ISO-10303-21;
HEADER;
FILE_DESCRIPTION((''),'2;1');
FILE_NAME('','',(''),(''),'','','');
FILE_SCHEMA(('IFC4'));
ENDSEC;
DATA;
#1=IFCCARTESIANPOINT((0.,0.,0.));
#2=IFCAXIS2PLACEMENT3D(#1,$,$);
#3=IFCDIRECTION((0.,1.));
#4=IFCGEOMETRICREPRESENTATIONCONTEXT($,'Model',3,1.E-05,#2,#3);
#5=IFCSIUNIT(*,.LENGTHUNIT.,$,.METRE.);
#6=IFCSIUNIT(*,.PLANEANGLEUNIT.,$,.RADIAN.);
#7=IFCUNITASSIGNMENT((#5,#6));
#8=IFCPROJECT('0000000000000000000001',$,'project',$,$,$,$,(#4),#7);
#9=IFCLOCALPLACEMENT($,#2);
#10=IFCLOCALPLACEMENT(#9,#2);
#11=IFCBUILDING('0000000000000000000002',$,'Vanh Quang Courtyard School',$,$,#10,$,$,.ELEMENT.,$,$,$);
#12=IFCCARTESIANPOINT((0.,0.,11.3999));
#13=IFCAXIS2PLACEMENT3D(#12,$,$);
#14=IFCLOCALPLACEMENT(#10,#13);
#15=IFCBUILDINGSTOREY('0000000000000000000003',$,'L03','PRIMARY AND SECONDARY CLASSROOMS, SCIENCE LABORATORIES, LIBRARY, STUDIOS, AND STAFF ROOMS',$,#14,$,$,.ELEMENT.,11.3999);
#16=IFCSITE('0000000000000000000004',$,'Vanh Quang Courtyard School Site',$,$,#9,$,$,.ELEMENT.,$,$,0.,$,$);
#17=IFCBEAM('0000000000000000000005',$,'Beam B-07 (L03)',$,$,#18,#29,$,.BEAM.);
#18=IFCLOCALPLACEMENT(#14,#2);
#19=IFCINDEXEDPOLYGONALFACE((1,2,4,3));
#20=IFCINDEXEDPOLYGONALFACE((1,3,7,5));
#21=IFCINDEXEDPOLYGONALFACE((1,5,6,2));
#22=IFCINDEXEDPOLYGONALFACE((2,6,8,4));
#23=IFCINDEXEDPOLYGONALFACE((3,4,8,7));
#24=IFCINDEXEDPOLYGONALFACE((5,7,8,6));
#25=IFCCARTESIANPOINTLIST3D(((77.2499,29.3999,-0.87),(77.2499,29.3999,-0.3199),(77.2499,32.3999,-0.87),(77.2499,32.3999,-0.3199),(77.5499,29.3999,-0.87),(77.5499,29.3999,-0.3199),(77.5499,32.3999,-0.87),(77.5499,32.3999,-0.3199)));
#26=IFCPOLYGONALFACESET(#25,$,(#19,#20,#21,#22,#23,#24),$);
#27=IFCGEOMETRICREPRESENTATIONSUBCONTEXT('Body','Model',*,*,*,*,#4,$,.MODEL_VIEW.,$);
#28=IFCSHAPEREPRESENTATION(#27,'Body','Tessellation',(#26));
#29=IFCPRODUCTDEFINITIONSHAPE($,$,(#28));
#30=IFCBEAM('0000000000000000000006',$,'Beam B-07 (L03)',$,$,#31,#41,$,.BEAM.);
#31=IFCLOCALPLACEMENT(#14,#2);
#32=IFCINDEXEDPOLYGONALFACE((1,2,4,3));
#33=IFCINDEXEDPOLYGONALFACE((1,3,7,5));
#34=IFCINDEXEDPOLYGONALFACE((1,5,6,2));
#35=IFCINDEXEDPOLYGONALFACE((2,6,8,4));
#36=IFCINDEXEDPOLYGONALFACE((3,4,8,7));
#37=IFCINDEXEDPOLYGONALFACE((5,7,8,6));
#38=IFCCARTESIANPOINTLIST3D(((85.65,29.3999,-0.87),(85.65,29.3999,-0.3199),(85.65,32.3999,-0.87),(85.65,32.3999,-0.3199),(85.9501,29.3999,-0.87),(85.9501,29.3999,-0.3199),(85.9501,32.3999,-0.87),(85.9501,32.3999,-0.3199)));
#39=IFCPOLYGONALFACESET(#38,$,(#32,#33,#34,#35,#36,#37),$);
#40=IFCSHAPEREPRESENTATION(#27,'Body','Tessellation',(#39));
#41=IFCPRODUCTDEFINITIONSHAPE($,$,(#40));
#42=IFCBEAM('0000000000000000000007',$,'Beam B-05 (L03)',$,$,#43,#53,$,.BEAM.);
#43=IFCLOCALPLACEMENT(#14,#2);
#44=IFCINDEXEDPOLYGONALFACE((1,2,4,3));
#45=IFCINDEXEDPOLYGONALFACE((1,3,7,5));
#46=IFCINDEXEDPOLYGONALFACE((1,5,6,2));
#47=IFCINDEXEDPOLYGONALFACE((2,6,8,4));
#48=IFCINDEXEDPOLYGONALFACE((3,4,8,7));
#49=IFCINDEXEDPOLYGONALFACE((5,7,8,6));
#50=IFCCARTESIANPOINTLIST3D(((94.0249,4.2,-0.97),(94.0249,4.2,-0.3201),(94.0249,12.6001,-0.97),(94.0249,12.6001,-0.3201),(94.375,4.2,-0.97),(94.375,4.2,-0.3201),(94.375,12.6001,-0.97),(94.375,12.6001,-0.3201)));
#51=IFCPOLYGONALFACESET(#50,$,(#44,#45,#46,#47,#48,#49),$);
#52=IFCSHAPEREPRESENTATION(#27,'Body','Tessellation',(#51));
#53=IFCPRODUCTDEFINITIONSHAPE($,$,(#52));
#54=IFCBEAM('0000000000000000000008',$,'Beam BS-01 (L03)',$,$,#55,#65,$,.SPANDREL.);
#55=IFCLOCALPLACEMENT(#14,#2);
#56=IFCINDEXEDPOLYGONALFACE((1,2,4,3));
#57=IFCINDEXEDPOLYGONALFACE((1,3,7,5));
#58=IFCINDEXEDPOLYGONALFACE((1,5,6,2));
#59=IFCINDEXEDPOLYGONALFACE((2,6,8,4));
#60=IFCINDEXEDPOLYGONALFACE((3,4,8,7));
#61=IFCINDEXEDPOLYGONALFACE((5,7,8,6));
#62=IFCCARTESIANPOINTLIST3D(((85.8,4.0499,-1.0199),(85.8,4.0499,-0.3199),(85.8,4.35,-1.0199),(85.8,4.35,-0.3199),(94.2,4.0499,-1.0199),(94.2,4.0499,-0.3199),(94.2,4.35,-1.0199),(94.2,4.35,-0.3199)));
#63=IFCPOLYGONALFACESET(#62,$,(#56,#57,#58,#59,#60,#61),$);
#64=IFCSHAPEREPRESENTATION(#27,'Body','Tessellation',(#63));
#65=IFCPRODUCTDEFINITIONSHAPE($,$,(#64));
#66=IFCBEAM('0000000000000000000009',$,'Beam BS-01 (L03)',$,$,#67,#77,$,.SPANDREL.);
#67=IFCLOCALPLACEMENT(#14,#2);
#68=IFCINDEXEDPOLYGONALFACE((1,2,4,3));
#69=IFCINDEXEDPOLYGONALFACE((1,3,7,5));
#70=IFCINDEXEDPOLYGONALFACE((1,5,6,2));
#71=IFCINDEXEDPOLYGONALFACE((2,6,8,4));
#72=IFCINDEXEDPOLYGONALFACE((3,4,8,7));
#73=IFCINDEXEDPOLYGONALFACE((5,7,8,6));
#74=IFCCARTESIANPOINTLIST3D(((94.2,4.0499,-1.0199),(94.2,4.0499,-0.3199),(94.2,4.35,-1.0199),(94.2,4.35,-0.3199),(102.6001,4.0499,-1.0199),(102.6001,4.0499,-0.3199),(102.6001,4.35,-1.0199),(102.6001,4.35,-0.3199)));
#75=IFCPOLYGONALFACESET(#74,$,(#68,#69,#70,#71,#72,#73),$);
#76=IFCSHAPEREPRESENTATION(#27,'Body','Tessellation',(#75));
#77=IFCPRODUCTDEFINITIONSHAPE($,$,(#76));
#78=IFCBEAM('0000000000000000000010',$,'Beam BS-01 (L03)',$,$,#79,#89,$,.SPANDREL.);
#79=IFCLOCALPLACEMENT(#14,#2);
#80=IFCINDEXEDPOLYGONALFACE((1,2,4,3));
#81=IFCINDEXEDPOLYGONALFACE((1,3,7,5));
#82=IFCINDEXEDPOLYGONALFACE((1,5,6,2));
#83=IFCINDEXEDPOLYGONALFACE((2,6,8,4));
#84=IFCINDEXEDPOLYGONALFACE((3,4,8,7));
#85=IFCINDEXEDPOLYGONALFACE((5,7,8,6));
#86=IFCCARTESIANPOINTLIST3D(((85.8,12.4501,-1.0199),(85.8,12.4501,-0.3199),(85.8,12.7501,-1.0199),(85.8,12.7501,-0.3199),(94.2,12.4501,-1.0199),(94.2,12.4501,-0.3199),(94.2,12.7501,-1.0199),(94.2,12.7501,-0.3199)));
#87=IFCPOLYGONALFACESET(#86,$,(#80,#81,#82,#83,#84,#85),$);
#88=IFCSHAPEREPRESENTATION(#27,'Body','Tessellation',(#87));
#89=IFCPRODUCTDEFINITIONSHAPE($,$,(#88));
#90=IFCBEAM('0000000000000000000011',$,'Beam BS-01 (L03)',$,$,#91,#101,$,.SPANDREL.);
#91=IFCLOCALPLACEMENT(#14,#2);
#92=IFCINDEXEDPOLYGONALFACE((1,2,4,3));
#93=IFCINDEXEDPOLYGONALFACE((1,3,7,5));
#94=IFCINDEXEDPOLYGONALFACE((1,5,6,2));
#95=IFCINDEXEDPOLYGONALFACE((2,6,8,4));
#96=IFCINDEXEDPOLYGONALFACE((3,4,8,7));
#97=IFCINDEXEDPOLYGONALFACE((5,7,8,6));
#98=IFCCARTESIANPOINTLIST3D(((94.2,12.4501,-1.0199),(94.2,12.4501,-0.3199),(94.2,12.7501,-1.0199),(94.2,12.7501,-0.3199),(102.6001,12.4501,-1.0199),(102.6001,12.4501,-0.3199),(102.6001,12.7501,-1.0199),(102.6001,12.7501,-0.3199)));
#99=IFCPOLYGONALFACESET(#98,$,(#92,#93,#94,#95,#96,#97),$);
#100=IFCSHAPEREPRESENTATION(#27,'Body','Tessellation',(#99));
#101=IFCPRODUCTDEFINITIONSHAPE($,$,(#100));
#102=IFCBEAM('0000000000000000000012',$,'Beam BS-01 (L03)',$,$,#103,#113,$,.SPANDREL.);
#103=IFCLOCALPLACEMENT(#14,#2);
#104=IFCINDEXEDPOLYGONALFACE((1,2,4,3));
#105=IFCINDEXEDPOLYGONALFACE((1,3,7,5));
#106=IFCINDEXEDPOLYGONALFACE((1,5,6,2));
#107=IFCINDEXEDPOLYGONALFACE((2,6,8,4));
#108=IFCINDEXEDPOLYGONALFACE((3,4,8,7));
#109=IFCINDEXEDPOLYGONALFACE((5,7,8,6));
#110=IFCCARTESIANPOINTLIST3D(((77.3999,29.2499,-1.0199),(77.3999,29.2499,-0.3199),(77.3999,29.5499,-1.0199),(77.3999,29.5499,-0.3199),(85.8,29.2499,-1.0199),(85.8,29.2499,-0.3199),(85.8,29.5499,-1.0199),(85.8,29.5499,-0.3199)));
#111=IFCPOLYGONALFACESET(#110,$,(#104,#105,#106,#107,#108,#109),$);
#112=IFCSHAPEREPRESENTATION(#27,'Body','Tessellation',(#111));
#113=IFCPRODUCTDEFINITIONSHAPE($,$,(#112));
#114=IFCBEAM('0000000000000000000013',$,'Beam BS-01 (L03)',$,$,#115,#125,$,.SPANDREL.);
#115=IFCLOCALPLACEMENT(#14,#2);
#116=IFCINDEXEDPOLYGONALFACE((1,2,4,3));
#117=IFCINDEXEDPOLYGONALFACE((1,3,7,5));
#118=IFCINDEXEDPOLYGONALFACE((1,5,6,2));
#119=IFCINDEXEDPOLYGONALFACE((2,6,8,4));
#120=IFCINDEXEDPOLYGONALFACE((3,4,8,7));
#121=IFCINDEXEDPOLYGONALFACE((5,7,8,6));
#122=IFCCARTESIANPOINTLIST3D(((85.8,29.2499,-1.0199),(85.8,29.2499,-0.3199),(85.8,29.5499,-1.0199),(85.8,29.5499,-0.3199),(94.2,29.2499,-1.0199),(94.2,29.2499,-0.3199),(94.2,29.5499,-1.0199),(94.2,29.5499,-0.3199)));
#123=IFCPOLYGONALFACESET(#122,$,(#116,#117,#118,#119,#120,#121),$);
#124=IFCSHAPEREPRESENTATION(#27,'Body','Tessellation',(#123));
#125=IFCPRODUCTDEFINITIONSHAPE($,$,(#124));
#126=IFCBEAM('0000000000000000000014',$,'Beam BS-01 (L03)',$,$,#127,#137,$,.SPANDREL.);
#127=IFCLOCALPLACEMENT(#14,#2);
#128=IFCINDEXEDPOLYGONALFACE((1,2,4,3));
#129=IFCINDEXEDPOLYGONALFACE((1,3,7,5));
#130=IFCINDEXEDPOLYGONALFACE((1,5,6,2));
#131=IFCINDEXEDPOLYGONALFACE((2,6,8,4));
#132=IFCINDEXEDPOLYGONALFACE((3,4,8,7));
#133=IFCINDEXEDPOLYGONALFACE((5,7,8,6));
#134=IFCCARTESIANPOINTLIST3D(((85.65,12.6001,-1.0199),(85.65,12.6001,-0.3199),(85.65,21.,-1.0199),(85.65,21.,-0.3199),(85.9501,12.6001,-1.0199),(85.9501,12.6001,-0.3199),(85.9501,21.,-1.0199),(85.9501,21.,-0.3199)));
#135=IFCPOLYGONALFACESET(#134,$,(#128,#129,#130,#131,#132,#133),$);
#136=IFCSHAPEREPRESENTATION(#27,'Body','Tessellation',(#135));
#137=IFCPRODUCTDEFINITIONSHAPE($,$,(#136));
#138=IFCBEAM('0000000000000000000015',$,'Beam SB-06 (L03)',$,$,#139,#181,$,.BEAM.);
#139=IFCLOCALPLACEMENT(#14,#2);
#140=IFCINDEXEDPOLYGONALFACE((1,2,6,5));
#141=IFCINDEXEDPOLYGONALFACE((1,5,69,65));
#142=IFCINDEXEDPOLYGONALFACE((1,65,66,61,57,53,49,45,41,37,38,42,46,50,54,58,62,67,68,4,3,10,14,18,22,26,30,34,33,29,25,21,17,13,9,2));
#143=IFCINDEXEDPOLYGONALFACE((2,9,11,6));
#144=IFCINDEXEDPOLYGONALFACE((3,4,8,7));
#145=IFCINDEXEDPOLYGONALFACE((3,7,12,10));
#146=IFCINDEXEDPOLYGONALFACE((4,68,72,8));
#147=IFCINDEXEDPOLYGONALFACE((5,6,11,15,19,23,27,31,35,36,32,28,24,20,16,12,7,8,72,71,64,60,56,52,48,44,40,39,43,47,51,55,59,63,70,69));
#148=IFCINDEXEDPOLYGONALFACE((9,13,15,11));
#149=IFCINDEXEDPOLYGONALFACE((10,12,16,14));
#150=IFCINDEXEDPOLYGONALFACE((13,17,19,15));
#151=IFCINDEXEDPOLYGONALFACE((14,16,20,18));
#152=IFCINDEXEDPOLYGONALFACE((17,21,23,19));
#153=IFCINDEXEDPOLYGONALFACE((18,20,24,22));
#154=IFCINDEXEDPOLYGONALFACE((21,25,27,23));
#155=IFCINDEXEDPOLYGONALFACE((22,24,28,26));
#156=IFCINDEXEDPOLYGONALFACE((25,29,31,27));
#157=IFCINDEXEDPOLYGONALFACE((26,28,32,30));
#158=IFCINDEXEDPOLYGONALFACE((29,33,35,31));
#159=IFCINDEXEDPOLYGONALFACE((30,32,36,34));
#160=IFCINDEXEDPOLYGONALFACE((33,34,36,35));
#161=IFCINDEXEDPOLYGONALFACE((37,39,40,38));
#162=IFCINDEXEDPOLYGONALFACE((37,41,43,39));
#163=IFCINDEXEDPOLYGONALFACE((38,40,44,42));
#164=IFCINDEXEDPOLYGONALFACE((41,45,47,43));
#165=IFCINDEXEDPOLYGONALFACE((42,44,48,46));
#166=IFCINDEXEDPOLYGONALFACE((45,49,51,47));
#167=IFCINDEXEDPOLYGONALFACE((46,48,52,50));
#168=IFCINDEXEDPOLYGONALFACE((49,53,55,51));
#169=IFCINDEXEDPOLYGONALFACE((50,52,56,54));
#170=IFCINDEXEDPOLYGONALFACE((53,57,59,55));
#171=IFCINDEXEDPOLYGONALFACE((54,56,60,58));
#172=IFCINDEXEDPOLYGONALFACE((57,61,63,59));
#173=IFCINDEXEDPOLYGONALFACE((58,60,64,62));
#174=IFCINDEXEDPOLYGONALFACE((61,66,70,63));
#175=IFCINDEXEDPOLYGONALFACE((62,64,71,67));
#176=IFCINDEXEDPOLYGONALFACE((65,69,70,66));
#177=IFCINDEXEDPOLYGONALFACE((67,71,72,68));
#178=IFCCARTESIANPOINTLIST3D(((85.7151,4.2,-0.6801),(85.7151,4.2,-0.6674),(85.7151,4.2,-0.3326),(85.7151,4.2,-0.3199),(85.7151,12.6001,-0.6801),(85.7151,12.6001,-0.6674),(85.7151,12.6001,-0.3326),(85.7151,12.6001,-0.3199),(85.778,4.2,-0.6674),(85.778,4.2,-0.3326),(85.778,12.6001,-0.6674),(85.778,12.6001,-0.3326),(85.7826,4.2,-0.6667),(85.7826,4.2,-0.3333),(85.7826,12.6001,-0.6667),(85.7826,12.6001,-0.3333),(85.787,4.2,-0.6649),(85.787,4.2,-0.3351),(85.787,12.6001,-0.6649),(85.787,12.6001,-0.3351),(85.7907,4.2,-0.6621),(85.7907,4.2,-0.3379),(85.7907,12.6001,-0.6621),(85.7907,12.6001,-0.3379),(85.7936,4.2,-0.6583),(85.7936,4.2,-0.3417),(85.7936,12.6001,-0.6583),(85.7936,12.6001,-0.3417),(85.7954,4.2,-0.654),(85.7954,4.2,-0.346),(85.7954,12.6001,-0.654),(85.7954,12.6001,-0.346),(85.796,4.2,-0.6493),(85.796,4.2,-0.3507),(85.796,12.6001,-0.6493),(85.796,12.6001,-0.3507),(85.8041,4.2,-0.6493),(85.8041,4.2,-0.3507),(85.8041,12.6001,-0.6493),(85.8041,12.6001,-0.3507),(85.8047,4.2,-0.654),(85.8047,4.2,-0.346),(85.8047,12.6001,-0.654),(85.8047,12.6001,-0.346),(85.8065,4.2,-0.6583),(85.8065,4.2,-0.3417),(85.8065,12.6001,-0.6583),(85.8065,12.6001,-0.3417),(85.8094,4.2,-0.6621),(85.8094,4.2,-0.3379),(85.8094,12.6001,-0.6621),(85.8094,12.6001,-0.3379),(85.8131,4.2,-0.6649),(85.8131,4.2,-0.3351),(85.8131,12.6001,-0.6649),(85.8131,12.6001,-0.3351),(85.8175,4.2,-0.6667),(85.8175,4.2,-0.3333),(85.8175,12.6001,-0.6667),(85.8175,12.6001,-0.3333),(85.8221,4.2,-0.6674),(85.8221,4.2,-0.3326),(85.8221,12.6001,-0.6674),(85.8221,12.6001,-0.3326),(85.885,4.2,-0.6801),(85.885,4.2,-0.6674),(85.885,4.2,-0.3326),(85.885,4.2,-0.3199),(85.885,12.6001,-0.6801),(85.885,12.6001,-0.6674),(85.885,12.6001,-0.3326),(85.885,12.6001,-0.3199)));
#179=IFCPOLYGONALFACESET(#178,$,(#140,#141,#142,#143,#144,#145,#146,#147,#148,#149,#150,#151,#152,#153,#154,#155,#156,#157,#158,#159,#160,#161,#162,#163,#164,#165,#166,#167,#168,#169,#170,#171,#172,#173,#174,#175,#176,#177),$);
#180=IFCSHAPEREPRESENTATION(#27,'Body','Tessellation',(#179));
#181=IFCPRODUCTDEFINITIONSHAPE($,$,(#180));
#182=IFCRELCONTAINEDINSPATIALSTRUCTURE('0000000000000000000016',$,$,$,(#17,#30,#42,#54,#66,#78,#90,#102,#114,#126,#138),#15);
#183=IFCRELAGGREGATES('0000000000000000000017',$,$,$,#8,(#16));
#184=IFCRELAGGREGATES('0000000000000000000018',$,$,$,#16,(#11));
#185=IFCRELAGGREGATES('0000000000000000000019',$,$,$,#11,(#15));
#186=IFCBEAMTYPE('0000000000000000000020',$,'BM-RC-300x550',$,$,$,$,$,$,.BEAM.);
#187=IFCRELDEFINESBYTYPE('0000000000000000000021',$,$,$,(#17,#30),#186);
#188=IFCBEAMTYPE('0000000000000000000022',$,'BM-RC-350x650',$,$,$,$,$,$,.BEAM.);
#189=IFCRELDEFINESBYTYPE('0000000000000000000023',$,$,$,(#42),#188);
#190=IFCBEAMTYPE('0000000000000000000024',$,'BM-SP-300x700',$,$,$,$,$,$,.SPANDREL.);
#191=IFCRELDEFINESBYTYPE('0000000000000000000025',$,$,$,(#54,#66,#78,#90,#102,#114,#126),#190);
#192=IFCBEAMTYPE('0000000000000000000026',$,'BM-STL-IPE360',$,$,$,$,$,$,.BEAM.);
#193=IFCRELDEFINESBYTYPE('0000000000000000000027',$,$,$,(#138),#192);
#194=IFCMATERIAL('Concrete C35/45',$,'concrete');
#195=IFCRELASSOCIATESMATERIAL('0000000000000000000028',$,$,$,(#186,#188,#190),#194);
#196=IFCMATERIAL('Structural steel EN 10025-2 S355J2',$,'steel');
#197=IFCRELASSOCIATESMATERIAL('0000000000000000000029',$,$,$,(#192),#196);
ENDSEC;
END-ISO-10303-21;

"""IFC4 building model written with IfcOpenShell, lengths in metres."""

from ifc_helpers import new_model, si_unit, direction, frame, origin, origin_2d, place, context, subcontext, project, spatial, rectangle, i_section, extrude, material, material_profile, profile_set, type_object, element, save


model = new_model("IFC4")

# Units and contexts
model_context = context("Model", 3, precision=1e-05, world=origin(), true_north=direction((0.0, 1.0)))
body_context = subcontext(model_context, "Body", "Model", "MODEL_VIEW")
ifc_project = project(units=[si_unit("LENGTHUNIT", "METRE"), si_unit("PLANEANGLEUNIT", "RADIAN")], contexts=[model_context])

# Site, building, storey
site_placement = place(None, origin())
site = spatial("IfcSite", under=ifc_project, at=site_placement, Name="Vanh Quang Courtyard School Site", CompositionType="ELEMENT", RefElevation=0.0)
building_placement = place(site_placement, origin())
building = spatial("IfcBuilding", under=site, at=building_placement, Name="Vanh Quang Courtyard School", CompositionType="ELEMENT")
storey_placement = place(building_placement, frame((0.0, 0.0, 11.3999)))
storey = spatial("IfcBuildingStorey", under=building, at=storey_placement, Name="L03", Description="PRIMARY AND SECONDARY CLASSROOMS, SCIENCE LABORATORIES, LIBRARY, STUDIOS, AND STAFF ROOMS", CompositionType="ELEMENT", Elevation=11.3999)

# Beams
ifc_material_1 = material(Name="Concrete C35/45", Category="concrete")
ifc_material_profile_1 = material_profile(ifc_material_1, rectangle(XDim=0.3, YDim=0.55, at=origin_2d()), Name="RC-BM 300x550")
ifc_profile_set_1 = profile_set([ifc_material_profile_1], Name="Concrete C35/45")
beam_type_1 = type_object("IfcBeamType", Name="BM-RC-300x550", PredefinedType="BEAM", material=ifc_profile_set_1)
for number, where, z_axis, x_axis, name in (
    (1, (77.3999, 29.3999, -0.595), (0.0, 1.0, 0.0), (-1.0, 0.0, 0.0), "Beam B-07 (L03)"),
    (2, (85.8, 29.3999, -0.595), (0.0, 1.0, 0.0), (-1.0, 0.0, 0.0), "Beam B-07 (L03)"),
):
    element("IfcBeam", number, at=place(storey_placement, frame(where, z_axis=z_axis, x_axis=x_axis)), inside=storey, type_object=beam_type_1, Name=name, PredefinedType="BEAM", context=body_context, shape_type="SweptSolid", body=[
        extrude(rectangle(XDim=0.3, YDim=0.55, at=origin_2d()), origin(), (0.0, 0.0, 1.0), 3.0),
    ])
ifc_material_profile_2 = material_profile(ifc_material_1, rectangle(XDim=0.3501, YDim=0.6499, at=origin_2d()), Name="RC-BM 350x650")
ifc_profile_set_2 = profile_set([ifc_material_profile_2], Name="Concrete C35/45")
beam_type_2 = type_object("IfcBeamType", Name="BM-RC-350x650", PredefinedType="BEAM", material=ifc_profile_set_2)
beam_1_placement = place(storey_placement, frame((94.2, 4.2, -0.645), z_axis=(0.0, 1.0, 0.0), x_axis=(-1.0, 0.0, 0.0)))
element("IfcBeam", 3, at=beam_1_placement, inside=storey, type_object=beam_type_2, Name="Beam B-05 (L03)", PredefinedType="BEAM", context=body_context, shape_type="SweptSolid", body=[
    extrude(rectangle(XDim=0.3501, YDim=0.6499, at=origin_2d()), origin(), (0.0, 0.0, 1.0), 8.4001),
])
ifc_material_profile_3 = material_profile(ifc_material_1, rectangle(XDim=0.3, YDim=0.7, at=origin_2d()), Name="RC-SP 300x700")
ifc_profile_set_3 = profile_set([ifc_material_profile_3], Name="Concrete C35/45")
beam_type_3 = type_object("IfcBeamType", Name="BM-SP-300x700", PredefinedType="SPANDREL", material=ifc_profile_set_3)
beam_2_placement = place(storey_placement, frame((85.8, 4.2, -0.6699), z_axis=(1.0, 0.0, 0.0), x_axis=(0.0, 1.0, 0.0)))
element("IfcBeam", 4, at=beam_2_placement, inside=storey, type_object=beam_type_3, Name="Beam BS-01 (L03)", PredefinedType="SPANDREL", context=body_context, shape_type="SweptSolid", body=[
    extrude(rectangle(XDim=0.3, YDim=0.7, at=origin_2d()), origin(), (0.0, 0.0, 1.0), 8.3999),
])
beam_3_placement = place(storey_placement, frame((94.2, 4.2, -0.6699), z_axis=(1.0, 0.0, 0.0), x_axis=(0.0, 1.0, 0.0)))
element("IfcBeam", 5, at=beam_3_placement, inside=storey, type_object=beam_type_3, Name="Beam BS-01 (L03)", PredefinedType="SPANDREL", context=body_context, shape_type="SweptSolid", body=[
    extrude(rectangle(XDim=0.3, YDim=0.7, at=origin_2d()), origin(), (0.0, 0.0, 1.0), 8.4001),
])
beam_4_placement = place(storey_placement, frame((85.8, 12.6001, -0.6699), z_axis=(1.0, 0.0, 0.0), x_axis=(0.0, 1.0, 0.0)))
element("IfcBeam", 6, at=beam_4_placement, inside=storey, type_object=beam_type_3, Name="Beam BS-01 (L03)", PredefinedType="SPANDREL", context=body_context, shape_type="SweptSolid", body=[
    extrude(rectangle(XDim=0.3, YDim=0.7, at=origin_2d()), origin(), (0.0, 0.0, 1.0), 8.3999),
])
for number, where, z_axis, x_axis, name in (
    (7, (94.2, 12.6001, -0.6699), (1.0, 0.0, 0.0), (0.0, 1.0, 0.0), "Beam BS-01 (L03)"),
    (8, (77.3999, 29.3999, -0.6699), (1.0, 0.0, 0.0), (0.0, 1.0, 0.0), "Beam BS-01 (L03)"),
):
    element("IfcBeam", number, at=place(storey_placement, frame(where, z_axis=z_axis, x_axis=x_axis)), inside=storey, type_object=beam_type_3, Name=name, PredefinedType="SPANDREL", context=body_context, shape_type="SweptSolid", body=[
        extrude(rectangle(XDim=0.3, YDim=0.7, at=origin_2d()), origin(), (0.0, 0.0, 1.0), 8.4001),
    ])
for number, where, z_axis, x_axis, name in (
    (9, (85.8, 29.3999, -0.6699), (1.0, 0.0, 0.0), (0.0, 1.0, 0.0), "Beam BS-01 (L03)"),
    (10, (85.8, 12.6001, -0.6699), (0.0, 1.0, 0.0), (-1.0, 0.0, 0.0), "Beam BS-01 (L03)"),
):
    element("IfcBeam", number, at=place(storey_placement, frame(where, z_axis=z_axis, x_axis=x_axis)), inside=storey, type_object=beam_type_3, Name=name, PredefinedType="SPANDREL", context=body_context, shape_type="SweptSolid", body=[
        extrude(rectangle(XDim=0.3, YDim=0.7, at=origin_2d()), origin(), (0.0, 0.0, 1.0), 8.3999),
    ])
ifc_material_2 = material(Name="Structural steel EN 10025-2 S355J2", Category="steel")
ifc_material_profile_4 = material_profile(ifc_material_2, i_section(OverallWidth=0.1699, OverallDepth=0.3601, WebThickness=0.0081, FlangeThickness=0.0127, FilletRadius=0.0181, at=origin_2d()), Name="IPE 360")
ifc_profile_set_4 = profile_set([ifc_material_profile_4], Name="Structural steel EN 10025-2 S355J2")
beam_type_4 = type_object("IfcBeamType", Name="BM-STL-IPE360", PredefinedType="BEAM", material=ifc_profile_set_4)
beam_5_placement = place(storey_placement, frame((85.8, 4.2, -0.5), z_axis=(0.0, 1.0, 0.0), x_axis=(-1.0, 0.0, 0.0)))
element("IfcBeam", 11, at=beam_5_placement, inside=storey, type_object=beam_type_4, Name="Beam SB-06 (L03)", PredefinedType="BEAM", context=body_context, shape_type="SweptSolid", body=[
    extrude(i_section(OverallWidth=0.1699, OverallDepth=0.3601, WebThickness=0.0081, FlangeThickness=0.0127, FilletRadius=0.0181, at=origin_2d()), origin(), (0.0, 0.0, 1.0), 8.4001),
])

save(model, "model.ifc")
